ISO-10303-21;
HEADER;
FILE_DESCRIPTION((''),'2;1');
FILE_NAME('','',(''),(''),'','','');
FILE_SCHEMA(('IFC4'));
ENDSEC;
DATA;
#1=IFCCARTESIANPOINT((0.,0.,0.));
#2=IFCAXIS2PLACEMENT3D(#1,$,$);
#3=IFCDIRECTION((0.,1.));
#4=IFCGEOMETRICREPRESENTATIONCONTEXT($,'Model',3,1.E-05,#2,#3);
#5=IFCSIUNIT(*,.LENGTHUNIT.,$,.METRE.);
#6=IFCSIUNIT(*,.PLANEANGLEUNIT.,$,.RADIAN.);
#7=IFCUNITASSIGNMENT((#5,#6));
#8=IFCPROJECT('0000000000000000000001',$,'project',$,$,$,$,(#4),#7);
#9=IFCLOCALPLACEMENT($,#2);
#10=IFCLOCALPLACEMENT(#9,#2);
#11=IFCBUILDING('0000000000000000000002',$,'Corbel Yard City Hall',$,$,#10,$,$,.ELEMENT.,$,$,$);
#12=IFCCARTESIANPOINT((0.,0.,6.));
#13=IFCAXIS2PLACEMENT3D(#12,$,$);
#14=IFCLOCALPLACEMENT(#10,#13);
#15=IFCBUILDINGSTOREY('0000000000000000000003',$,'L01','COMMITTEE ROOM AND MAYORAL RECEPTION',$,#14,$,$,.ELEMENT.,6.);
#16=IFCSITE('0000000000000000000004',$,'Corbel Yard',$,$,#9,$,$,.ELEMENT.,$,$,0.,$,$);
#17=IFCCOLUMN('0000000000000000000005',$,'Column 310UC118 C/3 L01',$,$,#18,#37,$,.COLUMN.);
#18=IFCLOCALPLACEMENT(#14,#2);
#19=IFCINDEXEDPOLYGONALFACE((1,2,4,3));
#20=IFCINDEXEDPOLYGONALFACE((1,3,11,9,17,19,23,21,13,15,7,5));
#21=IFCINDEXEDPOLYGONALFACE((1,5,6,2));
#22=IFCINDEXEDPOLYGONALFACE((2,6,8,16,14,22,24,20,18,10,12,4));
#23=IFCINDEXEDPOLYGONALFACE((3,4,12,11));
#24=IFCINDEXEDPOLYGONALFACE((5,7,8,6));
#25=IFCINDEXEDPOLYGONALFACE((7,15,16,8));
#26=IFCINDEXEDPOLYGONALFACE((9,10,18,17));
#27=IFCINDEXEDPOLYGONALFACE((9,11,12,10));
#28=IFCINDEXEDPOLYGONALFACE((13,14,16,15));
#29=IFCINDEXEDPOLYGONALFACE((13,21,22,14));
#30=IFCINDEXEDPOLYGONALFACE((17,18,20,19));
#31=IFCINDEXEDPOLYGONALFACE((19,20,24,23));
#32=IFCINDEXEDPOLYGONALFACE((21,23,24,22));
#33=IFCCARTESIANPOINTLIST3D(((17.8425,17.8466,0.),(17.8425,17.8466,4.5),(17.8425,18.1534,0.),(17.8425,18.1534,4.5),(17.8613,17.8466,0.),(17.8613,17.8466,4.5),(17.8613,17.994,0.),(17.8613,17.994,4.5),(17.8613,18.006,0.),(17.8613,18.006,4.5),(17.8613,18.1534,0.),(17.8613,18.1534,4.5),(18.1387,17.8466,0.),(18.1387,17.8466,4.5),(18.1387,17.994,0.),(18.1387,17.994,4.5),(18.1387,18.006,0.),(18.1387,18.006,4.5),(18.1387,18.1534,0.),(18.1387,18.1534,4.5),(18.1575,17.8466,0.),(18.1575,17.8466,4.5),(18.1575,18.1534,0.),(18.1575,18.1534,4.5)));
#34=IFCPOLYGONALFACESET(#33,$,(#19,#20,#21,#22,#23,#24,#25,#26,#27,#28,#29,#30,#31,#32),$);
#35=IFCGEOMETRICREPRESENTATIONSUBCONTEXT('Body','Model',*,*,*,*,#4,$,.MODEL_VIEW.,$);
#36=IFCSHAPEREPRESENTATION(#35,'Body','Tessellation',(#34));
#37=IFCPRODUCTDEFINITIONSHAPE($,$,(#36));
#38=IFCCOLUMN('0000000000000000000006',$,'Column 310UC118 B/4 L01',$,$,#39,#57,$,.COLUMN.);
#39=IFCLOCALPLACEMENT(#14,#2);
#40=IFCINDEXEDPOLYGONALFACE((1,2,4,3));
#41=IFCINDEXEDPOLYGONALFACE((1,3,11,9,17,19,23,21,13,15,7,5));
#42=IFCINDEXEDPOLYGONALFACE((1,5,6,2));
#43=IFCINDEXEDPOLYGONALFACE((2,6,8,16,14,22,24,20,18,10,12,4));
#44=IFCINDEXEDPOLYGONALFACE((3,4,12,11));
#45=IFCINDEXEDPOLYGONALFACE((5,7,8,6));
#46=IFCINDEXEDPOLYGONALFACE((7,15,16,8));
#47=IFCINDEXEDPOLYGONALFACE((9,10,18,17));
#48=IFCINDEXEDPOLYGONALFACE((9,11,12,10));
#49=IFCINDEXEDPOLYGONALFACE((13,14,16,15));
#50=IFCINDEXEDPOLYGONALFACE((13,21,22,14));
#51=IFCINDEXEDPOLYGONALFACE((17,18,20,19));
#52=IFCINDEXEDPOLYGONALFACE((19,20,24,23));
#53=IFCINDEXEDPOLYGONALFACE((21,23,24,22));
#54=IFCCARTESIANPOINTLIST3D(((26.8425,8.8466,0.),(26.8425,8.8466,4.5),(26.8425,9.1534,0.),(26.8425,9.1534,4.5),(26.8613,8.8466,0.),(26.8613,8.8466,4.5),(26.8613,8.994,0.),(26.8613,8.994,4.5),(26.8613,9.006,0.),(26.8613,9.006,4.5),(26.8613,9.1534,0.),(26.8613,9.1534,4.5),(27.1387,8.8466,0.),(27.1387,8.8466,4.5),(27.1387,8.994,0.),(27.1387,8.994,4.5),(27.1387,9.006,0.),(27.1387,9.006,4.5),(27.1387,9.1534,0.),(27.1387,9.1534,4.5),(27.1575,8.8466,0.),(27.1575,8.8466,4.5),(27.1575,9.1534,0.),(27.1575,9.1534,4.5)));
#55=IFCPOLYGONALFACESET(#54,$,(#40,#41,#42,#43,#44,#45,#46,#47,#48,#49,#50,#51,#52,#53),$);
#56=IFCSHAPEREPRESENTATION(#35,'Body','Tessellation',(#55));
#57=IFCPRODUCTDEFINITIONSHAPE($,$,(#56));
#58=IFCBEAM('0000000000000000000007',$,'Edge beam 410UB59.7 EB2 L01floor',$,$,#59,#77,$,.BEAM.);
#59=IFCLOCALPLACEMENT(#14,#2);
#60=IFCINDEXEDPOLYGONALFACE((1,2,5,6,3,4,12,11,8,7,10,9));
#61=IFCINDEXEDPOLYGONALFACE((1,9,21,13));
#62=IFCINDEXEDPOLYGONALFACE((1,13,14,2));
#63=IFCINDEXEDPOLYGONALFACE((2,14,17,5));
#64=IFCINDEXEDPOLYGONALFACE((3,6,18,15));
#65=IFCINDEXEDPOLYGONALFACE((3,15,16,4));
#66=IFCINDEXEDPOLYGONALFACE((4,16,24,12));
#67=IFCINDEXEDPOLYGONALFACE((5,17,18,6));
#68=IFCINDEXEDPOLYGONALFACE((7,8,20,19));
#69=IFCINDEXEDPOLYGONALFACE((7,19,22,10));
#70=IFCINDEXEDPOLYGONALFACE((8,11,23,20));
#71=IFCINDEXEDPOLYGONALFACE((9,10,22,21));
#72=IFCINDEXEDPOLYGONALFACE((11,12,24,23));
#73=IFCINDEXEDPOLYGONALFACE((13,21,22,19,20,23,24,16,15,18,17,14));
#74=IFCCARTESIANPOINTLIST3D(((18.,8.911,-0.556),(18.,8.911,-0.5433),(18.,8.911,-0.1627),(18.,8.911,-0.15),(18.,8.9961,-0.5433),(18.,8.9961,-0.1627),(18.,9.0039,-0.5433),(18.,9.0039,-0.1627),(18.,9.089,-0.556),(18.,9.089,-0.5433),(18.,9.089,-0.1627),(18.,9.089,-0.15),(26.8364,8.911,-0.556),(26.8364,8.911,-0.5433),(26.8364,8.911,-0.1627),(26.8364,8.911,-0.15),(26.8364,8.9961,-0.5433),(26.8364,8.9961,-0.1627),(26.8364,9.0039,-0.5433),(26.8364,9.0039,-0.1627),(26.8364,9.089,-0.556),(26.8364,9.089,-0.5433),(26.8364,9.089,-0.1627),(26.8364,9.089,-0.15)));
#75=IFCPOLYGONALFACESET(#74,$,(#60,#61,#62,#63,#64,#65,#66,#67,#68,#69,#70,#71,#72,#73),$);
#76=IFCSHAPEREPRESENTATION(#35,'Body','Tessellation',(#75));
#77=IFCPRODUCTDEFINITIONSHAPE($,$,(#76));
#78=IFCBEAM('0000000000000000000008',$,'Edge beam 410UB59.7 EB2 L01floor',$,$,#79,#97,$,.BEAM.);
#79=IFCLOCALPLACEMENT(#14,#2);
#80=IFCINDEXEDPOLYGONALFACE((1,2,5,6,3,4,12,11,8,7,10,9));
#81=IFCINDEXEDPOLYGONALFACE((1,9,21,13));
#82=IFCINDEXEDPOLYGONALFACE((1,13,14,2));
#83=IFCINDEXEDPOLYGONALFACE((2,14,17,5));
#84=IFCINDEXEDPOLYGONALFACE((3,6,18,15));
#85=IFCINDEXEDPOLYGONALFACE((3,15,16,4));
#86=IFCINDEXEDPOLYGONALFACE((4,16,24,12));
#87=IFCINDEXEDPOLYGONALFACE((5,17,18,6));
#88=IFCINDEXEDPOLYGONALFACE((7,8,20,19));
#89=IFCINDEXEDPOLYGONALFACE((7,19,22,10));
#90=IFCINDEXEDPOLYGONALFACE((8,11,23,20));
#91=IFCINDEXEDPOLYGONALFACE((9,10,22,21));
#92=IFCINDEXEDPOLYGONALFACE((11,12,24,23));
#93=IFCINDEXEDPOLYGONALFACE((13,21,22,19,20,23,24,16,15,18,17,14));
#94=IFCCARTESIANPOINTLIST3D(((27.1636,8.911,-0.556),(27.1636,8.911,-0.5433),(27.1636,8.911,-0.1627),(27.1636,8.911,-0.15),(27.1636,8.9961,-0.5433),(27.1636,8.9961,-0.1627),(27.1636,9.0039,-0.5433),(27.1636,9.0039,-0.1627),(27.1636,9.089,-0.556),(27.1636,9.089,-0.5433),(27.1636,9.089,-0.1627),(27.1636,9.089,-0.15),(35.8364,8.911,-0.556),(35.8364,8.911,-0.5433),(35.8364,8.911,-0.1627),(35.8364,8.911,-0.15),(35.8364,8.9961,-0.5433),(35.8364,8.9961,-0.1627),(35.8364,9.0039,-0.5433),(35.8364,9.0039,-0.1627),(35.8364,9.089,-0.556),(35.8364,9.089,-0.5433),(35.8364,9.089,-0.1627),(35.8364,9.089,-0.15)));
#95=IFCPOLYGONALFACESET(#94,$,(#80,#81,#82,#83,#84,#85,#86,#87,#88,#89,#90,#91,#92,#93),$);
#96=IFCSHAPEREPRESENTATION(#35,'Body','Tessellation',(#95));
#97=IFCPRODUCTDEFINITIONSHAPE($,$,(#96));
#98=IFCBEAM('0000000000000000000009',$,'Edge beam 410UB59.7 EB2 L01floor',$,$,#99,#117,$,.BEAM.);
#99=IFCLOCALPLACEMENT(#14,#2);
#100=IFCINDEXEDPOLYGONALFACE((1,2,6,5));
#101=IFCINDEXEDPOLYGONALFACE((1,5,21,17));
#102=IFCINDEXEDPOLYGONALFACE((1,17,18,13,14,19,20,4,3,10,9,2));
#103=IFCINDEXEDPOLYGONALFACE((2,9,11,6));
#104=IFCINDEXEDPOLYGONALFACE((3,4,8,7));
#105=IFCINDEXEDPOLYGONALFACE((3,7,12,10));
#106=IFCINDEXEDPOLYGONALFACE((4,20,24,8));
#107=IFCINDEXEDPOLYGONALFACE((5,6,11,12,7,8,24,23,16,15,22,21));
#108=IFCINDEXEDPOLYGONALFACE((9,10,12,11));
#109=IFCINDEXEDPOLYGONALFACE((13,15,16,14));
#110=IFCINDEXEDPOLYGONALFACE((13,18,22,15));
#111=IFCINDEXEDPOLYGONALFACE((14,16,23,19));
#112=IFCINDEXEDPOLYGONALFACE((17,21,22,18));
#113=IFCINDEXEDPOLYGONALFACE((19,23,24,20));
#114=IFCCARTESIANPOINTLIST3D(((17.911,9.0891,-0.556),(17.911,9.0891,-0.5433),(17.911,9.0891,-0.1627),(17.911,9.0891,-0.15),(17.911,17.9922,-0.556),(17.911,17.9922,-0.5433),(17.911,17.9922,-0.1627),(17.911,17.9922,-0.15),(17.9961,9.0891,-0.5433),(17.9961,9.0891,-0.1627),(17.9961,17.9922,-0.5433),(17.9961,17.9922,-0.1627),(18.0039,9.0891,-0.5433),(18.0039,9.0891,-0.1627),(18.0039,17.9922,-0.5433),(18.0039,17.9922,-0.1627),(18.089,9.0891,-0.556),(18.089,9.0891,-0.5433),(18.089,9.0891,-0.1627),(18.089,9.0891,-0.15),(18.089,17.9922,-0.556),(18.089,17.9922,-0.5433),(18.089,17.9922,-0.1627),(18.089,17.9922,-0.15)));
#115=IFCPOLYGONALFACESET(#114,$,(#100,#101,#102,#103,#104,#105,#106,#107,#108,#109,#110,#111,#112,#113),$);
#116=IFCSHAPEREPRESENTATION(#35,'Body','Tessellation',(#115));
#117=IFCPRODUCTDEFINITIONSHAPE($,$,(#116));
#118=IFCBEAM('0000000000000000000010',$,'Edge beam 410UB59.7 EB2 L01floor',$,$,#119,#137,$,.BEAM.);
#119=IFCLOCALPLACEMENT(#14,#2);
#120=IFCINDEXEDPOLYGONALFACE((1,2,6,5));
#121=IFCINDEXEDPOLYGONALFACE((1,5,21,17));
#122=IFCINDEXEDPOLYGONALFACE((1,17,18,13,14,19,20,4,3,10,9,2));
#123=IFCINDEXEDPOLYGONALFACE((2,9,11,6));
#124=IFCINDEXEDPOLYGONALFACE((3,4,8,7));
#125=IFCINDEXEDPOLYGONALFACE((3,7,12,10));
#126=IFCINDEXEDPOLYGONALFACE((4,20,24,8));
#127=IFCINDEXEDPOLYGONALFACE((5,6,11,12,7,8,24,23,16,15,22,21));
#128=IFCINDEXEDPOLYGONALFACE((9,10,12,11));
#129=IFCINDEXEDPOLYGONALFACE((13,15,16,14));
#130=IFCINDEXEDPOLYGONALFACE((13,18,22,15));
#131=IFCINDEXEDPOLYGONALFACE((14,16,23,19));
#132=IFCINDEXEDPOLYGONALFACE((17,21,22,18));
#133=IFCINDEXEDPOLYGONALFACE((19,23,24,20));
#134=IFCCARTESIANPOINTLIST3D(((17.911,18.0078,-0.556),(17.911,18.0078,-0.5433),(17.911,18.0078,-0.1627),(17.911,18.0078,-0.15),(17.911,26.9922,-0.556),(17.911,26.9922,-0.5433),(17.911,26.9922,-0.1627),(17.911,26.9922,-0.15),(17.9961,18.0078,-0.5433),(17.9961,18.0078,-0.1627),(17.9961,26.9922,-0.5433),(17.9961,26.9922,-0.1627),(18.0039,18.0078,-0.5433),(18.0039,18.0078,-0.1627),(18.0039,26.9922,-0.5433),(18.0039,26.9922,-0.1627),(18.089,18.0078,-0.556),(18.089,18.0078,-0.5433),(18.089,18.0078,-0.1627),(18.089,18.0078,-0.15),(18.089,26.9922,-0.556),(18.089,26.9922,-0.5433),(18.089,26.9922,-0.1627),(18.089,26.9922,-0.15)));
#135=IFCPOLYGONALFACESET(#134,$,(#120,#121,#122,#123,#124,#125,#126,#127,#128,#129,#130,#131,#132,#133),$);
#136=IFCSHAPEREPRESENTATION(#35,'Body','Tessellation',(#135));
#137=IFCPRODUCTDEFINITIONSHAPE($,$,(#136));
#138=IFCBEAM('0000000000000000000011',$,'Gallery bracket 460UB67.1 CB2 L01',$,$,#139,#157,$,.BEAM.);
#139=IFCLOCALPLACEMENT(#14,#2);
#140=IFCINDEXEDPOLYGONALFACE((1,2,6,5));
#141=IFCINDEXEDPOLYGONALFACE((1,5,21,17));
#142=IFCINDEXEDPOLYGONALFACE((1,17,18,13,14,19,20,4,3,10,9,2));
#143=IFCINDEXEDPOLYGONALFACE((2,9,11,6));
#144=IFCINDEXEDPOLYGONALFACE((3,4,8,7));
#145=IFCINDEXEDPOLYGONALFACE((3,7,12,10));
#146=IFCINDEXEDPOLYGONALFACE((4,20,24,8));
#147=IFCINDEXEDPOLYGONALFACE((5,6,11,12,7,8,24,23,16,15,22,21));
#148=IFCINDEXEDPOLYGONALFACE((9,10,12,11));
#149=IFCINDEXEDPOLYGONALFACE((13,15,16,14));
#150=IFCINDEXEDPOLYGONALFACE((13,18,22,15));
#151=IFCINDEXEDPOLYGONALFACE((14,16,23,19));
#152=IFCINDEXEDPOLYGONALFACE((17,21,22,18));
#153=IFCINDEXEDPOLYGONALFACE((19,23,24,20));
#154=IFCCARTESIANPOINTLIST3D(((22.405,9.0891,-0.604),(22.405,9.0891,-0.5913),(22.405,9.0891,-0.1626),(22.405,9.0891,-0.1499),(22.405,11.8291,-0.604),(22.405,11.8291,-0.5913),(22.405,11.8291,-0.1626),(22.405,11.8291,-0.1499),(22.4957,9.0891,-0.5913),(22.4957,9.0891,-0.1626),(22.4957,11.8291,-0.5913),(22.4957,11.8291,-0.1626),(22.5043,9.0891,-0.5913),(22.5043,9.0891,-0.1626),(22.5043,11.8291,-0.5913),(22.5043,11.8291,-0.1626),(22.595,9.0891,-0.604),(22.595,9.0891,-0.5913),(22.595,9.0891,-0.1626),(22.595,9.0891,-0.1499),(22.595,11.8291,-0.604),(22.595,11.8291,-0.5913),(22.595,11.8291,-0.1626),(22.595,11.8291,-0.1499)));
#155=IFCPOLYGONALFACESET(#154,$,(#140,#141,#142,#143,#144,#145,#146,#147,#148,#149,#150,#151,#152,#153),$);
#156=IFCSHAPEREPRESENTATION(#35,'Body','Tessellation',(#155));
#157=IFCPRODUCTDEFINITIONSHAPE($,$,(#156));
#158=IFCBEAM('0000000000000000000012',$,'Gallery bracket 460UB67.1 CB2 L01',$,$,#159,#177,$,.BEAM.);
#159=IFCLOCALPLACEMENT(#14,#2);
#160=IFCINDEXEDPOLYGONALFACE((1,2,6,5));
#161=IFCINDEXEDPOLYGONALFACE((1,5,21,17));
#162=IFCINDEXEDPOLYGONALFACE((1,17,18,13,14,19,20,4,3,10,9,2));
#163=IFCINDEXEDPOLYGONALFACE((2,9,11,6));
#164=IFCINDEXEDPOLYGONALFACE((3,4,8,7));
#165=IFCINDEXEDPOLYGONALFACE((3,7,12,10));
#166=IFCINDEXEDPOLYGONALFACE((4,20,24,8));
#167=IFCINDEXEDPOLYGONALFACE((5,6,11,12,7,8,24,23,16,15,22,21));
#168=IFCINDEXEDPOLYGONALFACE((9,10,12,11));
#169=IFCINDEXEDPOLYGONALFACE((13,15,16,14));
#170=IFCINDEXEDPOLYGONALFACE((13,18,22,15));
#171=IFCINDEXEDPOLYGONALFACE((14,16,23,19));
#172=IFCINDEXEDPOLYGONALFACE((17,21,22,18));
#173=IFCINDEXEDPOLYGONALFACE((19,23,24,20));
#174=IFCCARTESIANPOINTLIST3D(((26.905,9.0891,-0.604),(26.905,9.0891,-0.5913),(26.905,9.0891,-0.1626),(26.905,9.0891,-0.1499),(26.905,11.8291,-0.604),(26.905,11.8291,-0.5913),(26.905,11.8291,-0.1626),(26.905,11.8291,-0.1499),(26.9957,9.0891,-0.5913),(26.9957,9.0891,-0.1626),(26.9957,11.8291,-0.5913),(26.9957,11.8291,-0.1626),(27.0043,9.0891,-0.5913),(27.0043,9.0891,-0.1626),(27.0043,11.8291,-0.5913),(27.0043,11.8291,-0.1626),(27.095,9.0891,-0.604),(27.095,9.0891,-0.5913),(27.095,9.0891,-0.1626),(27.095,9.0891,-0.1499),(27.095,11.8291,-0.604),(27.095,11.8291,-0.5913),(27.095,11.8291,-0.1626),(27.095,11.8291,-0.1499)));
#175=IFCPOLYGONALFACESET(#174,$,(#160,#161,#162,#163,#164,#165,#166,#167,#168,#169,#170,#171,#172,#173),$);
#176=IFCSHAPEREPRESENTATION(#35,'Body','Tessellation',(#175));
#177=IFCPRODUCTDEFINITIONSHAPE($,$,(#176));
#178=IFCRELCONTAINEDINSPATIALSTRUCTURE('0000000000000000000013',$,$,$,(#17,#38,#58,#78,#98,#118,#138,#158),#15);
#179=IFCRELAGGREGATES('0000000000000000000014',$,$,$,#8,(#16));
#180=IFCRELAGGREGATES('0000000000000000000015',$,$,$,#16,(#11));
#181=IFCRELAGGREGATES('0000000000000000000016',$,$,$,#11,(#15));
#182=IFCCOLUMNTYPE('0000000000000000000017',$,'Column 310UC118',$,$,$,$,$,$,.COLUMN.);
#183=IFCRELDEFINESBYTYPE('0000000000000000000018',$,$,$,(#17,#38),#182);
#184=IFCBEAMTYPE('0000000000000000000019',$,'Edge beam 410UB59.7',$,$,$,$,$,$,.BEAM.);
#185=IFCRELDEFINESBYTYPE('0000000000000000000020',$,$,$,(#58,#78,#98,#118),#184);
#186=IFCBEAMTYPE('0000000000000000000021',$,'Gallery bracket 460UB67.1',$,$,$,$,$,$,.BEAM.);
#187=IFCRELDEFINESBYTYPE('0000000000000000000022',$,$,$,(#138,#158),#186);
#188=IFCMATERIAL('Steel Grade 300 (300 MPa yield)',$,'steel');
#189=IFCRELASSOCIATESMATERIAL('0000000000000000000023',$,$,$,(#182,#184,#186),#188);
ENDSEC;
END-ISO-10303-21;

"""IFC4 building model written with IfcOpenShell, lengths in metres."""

from ifc_helpers import new_model, si_unit, direction, frame, origin, origin_2d, place, context, subcontext, project, spatial, i_section, extrude, material, material_profile, profile_set, type_object, element, save


model = new_model("IFC4")

# Units and contexts
model_context = context("Model", 3, precision=1e-05, world=origin(), true_north=direction((0.0, 1.0)))
body_context = subcontext(model_context, "Body", "Model", "MODEL_VIEW")
ifc_project = project(units=[si_unit("LENGTHUNIT", "METRE"), si_unit("PLANEANGLEUNIT", "RADIAN")], contexts=[model_context])

# Site, building, storey
site_placement = place(None, origin())
site = spatial("IfcSite", under=ifc_project, at=site_placement, Name="Corbel Yard", CompositionType="ELEMENT", RefElevation=0.0)
building_placement = place(site_placement, origin())
building = spatial("IfcBuilding", under=site, at=building_placement, Name="Corbel Yard City Hall", CompositionType="ELEMENT")
storey_placement = place(building_placement, frame((0.0, 0.0, 6.0)))
storey = spatial("IfcBuildingStorey", under=building, at=storey_placement, Name="L01", Description="COMMITTEE ROOM AND MAYORAL RECEPTION", CompositionType="ELEMENT", Elevation=6.0)

# Columns
ifc_material_1 = material(Name="Steel Grade 300 (300 MPa yield)", Category="steel")
ifc_material_profile_1 = material_profile(ifc_material_1, i_section(OverallWidth=0.3069, OverallDepth=0.3149, WebThickness=0.012, FlangeThickness=0.0188, at=origin_2d()), Name="310UC118")
ifc_profile_set_1 = profile_set([ifc_material_profile_1], Name="Steel Grade 300 (300 MPa yield)")
column_type = type_object("IfcColumnType", Name="Column 310UC118", PredefinedType="COLUMN", material=ifc_profile_set_1)
for number, where, z_axis, x_axis, name in (
    (1, (18.0, 18.0, 0.0), (0.0, 0.0, 1.0), (0.0, 1.0, 0.0), "Column 310UC118 C/3 L01"),
    (2, (27.0, 9.0, 0.0), (0.0, 0.0, 1.0), (0.0, 1.0, 0.0), "Column 310UC118 B/4 L01"),
):
    element("IfcColumn", number, at=place(storey_placement, frame(where, z_axis=z_axis, x_axis=x_axis)), inside=storey, type_object=column_type, Name=name, PredefinedType="COLUMN", context=body_context, shape_type="SweptSolid", body=[
        extrude(i_section(OverallWidth=0.3069, OverallDepth=0.3149, WebThickness=0.012, FlangeThickness=0.0188, at=origin_2d()), origin(), (0.0, 0.0, 1.0), 4.5),
    ])

# Beams
ifc_material_profile_2 = material_profile(ifc_material_1, i_section(OverallWidth=0.178, OverallDepth=0.406, WebThickness=0.0078, FlangeThickness=0.0127, at=origin_2d()), Name="410UB59.7")
ifc_profile_set_2 = profile_set([ifc_material_profile_2], Name="Steel Grade 300 (300 MPa yield)")
beam_type_1 = type_object("IfcBeamType", Name="Edge beam 410UB59.7", PredefinedType="BEAM", material=ifc_profile_set_2)
beam_1_placement = place(storey_placement, frame((18.0, 9.0, -0.353), z_axis=(1.0, 0.0, 0.0), x_axis=(0.0, 1.0, 0.0)))
element("IfcBeam", 3, at=beam_1_placement, inside=storey, type_object=beam_type_1, Name="Edge beam 410UB59.7 EB2 L01floor", PredefinedType="BEAM", context=body_context, shape_type="SweptSolid", body=[
    extrude(i_section(OverallWidth=0.178, OverallDepth=0.406, WebThickness=0.0078, FlangeThickness=0.0127, at=origin_2d()), origin(), (0.0, 0.0, 1.0), 8.8364),
])
beam_2_placement = place(storey_placement, frame((27.1636, 9.0, -0.353), z_axis=(1.0, 0.0, 0.0), x_axis=(0.0, 1.0, 0.0)))
element("IfcBeam", 4, at=beam_2_placement, inside=storey, type_object=beam_type_1, Name="Edge beam 410UB59.7 EB2 L01floor", PredefinedType="BEAM", context=body_context, shape_type="SweptSolid", body=[
    extrude(i_section(OverallWidth=0.178, OverallDepth=0.406, WebThickness=0.0078, FlangeThickness=0.0127, at=origin_2d()), origin(), (0.0, 0.0, 1.0), 8.6729),
])
beam_3_placement = place(storey_placement, frame((18.0, 9.0891, -0.353), z_axis=(0.0, 1.0, 0.0), x_axis=(-1.0, 0.0, 0.0)))
element("IfcBeam", 5, at=beam_3_placement, inside=storey, type_object=beam_type_1, Name="Edge beam 410UB59.7 EB2 L01floor", PredefinedType="BEAM", context=body_context, shape_type="SweptSolid", body=[
    extrude(i_section(OverallWidth=0.178, OverallDepth=0.406, WebThickness=0.0078, FlangeThickness=0.0127, at=origin_2d()), origin(), (0.0, 0.0, 1.0), 8.9031),
])
beam_4_placement = place(storey_placement, frame((18.0, 18.0078, -0.353), z_axis=(0.0, 1.0, 0.0), x_axis=(-1.0, 0.0, 0.0)))
element("IfcBeam", 6, at=beam_4_placement, inside=storey, type_object=beam_type_1, Name="Edge beam 410UB59.7 EB2 L01floor", PredefinedType="BEAM", context=body_context, shape_type="SweptSolid", body=[
    extrude(i_section(OverallWidth=0.178, OverallDepth=0.406, WebThickness=0.0078, FlangeThickness=0.0127, at=origin_2d()), origin(), (0.0, 0.0, 1.0), 8.9844),
])
ifc_material_profile_3 = material_profile(ifc_material_1, i_section(OverallWidth=0.1899, OverallDepth=0.4541, WebThickness=0.0085, FlangeThickness=0.0127, at=origin_2d()), Name="460UB67.1")
ifc_profile_set_3 = profile_set([ifc_material_profile_3], Name="Steel Grade 300 (300 MPa yield)")
beam_type_2 = type_object("IfcBeamType", Name="Gallery bracket 460UB67.1", PredefinedType="BEAM", material=ifc_profile_set_3)
for number, where, z_axis, x_axis, name in (
    (7, (22.5, 9.0891, -0.377), (0.0, 1.0, 0.0), (-1.0, 0.0, 0.0), "Gallery bracket 460UB67.1 CB2 L01"),
    (8, (27.0, 9.0891, -0.377), (0.0, 1.0, 0.0), (-1.0, 0.0, 0.0), "Gallery bracket 460UB67.1 CB2 L01"),
):
    element("IfcBeam", number, at=place(storey_placement, frame(where, z_axis=z_axis, x_axis=x_axis)), inside=storey, type_object=beam_type_2, Name=name, PredefinedType="BEAM", context=body_context, shape_type="SweptSolid", body=[
        extrude(i_section(OverallWidth=0.1899, OverallDepth=0.4541, WebThickness=0.0085, FlangeThickness=0.0127, at=origin_2d()), origin(), (0.0, 0.0, 1.0), 2.74),
    ])

save(model, "model.ifc")
